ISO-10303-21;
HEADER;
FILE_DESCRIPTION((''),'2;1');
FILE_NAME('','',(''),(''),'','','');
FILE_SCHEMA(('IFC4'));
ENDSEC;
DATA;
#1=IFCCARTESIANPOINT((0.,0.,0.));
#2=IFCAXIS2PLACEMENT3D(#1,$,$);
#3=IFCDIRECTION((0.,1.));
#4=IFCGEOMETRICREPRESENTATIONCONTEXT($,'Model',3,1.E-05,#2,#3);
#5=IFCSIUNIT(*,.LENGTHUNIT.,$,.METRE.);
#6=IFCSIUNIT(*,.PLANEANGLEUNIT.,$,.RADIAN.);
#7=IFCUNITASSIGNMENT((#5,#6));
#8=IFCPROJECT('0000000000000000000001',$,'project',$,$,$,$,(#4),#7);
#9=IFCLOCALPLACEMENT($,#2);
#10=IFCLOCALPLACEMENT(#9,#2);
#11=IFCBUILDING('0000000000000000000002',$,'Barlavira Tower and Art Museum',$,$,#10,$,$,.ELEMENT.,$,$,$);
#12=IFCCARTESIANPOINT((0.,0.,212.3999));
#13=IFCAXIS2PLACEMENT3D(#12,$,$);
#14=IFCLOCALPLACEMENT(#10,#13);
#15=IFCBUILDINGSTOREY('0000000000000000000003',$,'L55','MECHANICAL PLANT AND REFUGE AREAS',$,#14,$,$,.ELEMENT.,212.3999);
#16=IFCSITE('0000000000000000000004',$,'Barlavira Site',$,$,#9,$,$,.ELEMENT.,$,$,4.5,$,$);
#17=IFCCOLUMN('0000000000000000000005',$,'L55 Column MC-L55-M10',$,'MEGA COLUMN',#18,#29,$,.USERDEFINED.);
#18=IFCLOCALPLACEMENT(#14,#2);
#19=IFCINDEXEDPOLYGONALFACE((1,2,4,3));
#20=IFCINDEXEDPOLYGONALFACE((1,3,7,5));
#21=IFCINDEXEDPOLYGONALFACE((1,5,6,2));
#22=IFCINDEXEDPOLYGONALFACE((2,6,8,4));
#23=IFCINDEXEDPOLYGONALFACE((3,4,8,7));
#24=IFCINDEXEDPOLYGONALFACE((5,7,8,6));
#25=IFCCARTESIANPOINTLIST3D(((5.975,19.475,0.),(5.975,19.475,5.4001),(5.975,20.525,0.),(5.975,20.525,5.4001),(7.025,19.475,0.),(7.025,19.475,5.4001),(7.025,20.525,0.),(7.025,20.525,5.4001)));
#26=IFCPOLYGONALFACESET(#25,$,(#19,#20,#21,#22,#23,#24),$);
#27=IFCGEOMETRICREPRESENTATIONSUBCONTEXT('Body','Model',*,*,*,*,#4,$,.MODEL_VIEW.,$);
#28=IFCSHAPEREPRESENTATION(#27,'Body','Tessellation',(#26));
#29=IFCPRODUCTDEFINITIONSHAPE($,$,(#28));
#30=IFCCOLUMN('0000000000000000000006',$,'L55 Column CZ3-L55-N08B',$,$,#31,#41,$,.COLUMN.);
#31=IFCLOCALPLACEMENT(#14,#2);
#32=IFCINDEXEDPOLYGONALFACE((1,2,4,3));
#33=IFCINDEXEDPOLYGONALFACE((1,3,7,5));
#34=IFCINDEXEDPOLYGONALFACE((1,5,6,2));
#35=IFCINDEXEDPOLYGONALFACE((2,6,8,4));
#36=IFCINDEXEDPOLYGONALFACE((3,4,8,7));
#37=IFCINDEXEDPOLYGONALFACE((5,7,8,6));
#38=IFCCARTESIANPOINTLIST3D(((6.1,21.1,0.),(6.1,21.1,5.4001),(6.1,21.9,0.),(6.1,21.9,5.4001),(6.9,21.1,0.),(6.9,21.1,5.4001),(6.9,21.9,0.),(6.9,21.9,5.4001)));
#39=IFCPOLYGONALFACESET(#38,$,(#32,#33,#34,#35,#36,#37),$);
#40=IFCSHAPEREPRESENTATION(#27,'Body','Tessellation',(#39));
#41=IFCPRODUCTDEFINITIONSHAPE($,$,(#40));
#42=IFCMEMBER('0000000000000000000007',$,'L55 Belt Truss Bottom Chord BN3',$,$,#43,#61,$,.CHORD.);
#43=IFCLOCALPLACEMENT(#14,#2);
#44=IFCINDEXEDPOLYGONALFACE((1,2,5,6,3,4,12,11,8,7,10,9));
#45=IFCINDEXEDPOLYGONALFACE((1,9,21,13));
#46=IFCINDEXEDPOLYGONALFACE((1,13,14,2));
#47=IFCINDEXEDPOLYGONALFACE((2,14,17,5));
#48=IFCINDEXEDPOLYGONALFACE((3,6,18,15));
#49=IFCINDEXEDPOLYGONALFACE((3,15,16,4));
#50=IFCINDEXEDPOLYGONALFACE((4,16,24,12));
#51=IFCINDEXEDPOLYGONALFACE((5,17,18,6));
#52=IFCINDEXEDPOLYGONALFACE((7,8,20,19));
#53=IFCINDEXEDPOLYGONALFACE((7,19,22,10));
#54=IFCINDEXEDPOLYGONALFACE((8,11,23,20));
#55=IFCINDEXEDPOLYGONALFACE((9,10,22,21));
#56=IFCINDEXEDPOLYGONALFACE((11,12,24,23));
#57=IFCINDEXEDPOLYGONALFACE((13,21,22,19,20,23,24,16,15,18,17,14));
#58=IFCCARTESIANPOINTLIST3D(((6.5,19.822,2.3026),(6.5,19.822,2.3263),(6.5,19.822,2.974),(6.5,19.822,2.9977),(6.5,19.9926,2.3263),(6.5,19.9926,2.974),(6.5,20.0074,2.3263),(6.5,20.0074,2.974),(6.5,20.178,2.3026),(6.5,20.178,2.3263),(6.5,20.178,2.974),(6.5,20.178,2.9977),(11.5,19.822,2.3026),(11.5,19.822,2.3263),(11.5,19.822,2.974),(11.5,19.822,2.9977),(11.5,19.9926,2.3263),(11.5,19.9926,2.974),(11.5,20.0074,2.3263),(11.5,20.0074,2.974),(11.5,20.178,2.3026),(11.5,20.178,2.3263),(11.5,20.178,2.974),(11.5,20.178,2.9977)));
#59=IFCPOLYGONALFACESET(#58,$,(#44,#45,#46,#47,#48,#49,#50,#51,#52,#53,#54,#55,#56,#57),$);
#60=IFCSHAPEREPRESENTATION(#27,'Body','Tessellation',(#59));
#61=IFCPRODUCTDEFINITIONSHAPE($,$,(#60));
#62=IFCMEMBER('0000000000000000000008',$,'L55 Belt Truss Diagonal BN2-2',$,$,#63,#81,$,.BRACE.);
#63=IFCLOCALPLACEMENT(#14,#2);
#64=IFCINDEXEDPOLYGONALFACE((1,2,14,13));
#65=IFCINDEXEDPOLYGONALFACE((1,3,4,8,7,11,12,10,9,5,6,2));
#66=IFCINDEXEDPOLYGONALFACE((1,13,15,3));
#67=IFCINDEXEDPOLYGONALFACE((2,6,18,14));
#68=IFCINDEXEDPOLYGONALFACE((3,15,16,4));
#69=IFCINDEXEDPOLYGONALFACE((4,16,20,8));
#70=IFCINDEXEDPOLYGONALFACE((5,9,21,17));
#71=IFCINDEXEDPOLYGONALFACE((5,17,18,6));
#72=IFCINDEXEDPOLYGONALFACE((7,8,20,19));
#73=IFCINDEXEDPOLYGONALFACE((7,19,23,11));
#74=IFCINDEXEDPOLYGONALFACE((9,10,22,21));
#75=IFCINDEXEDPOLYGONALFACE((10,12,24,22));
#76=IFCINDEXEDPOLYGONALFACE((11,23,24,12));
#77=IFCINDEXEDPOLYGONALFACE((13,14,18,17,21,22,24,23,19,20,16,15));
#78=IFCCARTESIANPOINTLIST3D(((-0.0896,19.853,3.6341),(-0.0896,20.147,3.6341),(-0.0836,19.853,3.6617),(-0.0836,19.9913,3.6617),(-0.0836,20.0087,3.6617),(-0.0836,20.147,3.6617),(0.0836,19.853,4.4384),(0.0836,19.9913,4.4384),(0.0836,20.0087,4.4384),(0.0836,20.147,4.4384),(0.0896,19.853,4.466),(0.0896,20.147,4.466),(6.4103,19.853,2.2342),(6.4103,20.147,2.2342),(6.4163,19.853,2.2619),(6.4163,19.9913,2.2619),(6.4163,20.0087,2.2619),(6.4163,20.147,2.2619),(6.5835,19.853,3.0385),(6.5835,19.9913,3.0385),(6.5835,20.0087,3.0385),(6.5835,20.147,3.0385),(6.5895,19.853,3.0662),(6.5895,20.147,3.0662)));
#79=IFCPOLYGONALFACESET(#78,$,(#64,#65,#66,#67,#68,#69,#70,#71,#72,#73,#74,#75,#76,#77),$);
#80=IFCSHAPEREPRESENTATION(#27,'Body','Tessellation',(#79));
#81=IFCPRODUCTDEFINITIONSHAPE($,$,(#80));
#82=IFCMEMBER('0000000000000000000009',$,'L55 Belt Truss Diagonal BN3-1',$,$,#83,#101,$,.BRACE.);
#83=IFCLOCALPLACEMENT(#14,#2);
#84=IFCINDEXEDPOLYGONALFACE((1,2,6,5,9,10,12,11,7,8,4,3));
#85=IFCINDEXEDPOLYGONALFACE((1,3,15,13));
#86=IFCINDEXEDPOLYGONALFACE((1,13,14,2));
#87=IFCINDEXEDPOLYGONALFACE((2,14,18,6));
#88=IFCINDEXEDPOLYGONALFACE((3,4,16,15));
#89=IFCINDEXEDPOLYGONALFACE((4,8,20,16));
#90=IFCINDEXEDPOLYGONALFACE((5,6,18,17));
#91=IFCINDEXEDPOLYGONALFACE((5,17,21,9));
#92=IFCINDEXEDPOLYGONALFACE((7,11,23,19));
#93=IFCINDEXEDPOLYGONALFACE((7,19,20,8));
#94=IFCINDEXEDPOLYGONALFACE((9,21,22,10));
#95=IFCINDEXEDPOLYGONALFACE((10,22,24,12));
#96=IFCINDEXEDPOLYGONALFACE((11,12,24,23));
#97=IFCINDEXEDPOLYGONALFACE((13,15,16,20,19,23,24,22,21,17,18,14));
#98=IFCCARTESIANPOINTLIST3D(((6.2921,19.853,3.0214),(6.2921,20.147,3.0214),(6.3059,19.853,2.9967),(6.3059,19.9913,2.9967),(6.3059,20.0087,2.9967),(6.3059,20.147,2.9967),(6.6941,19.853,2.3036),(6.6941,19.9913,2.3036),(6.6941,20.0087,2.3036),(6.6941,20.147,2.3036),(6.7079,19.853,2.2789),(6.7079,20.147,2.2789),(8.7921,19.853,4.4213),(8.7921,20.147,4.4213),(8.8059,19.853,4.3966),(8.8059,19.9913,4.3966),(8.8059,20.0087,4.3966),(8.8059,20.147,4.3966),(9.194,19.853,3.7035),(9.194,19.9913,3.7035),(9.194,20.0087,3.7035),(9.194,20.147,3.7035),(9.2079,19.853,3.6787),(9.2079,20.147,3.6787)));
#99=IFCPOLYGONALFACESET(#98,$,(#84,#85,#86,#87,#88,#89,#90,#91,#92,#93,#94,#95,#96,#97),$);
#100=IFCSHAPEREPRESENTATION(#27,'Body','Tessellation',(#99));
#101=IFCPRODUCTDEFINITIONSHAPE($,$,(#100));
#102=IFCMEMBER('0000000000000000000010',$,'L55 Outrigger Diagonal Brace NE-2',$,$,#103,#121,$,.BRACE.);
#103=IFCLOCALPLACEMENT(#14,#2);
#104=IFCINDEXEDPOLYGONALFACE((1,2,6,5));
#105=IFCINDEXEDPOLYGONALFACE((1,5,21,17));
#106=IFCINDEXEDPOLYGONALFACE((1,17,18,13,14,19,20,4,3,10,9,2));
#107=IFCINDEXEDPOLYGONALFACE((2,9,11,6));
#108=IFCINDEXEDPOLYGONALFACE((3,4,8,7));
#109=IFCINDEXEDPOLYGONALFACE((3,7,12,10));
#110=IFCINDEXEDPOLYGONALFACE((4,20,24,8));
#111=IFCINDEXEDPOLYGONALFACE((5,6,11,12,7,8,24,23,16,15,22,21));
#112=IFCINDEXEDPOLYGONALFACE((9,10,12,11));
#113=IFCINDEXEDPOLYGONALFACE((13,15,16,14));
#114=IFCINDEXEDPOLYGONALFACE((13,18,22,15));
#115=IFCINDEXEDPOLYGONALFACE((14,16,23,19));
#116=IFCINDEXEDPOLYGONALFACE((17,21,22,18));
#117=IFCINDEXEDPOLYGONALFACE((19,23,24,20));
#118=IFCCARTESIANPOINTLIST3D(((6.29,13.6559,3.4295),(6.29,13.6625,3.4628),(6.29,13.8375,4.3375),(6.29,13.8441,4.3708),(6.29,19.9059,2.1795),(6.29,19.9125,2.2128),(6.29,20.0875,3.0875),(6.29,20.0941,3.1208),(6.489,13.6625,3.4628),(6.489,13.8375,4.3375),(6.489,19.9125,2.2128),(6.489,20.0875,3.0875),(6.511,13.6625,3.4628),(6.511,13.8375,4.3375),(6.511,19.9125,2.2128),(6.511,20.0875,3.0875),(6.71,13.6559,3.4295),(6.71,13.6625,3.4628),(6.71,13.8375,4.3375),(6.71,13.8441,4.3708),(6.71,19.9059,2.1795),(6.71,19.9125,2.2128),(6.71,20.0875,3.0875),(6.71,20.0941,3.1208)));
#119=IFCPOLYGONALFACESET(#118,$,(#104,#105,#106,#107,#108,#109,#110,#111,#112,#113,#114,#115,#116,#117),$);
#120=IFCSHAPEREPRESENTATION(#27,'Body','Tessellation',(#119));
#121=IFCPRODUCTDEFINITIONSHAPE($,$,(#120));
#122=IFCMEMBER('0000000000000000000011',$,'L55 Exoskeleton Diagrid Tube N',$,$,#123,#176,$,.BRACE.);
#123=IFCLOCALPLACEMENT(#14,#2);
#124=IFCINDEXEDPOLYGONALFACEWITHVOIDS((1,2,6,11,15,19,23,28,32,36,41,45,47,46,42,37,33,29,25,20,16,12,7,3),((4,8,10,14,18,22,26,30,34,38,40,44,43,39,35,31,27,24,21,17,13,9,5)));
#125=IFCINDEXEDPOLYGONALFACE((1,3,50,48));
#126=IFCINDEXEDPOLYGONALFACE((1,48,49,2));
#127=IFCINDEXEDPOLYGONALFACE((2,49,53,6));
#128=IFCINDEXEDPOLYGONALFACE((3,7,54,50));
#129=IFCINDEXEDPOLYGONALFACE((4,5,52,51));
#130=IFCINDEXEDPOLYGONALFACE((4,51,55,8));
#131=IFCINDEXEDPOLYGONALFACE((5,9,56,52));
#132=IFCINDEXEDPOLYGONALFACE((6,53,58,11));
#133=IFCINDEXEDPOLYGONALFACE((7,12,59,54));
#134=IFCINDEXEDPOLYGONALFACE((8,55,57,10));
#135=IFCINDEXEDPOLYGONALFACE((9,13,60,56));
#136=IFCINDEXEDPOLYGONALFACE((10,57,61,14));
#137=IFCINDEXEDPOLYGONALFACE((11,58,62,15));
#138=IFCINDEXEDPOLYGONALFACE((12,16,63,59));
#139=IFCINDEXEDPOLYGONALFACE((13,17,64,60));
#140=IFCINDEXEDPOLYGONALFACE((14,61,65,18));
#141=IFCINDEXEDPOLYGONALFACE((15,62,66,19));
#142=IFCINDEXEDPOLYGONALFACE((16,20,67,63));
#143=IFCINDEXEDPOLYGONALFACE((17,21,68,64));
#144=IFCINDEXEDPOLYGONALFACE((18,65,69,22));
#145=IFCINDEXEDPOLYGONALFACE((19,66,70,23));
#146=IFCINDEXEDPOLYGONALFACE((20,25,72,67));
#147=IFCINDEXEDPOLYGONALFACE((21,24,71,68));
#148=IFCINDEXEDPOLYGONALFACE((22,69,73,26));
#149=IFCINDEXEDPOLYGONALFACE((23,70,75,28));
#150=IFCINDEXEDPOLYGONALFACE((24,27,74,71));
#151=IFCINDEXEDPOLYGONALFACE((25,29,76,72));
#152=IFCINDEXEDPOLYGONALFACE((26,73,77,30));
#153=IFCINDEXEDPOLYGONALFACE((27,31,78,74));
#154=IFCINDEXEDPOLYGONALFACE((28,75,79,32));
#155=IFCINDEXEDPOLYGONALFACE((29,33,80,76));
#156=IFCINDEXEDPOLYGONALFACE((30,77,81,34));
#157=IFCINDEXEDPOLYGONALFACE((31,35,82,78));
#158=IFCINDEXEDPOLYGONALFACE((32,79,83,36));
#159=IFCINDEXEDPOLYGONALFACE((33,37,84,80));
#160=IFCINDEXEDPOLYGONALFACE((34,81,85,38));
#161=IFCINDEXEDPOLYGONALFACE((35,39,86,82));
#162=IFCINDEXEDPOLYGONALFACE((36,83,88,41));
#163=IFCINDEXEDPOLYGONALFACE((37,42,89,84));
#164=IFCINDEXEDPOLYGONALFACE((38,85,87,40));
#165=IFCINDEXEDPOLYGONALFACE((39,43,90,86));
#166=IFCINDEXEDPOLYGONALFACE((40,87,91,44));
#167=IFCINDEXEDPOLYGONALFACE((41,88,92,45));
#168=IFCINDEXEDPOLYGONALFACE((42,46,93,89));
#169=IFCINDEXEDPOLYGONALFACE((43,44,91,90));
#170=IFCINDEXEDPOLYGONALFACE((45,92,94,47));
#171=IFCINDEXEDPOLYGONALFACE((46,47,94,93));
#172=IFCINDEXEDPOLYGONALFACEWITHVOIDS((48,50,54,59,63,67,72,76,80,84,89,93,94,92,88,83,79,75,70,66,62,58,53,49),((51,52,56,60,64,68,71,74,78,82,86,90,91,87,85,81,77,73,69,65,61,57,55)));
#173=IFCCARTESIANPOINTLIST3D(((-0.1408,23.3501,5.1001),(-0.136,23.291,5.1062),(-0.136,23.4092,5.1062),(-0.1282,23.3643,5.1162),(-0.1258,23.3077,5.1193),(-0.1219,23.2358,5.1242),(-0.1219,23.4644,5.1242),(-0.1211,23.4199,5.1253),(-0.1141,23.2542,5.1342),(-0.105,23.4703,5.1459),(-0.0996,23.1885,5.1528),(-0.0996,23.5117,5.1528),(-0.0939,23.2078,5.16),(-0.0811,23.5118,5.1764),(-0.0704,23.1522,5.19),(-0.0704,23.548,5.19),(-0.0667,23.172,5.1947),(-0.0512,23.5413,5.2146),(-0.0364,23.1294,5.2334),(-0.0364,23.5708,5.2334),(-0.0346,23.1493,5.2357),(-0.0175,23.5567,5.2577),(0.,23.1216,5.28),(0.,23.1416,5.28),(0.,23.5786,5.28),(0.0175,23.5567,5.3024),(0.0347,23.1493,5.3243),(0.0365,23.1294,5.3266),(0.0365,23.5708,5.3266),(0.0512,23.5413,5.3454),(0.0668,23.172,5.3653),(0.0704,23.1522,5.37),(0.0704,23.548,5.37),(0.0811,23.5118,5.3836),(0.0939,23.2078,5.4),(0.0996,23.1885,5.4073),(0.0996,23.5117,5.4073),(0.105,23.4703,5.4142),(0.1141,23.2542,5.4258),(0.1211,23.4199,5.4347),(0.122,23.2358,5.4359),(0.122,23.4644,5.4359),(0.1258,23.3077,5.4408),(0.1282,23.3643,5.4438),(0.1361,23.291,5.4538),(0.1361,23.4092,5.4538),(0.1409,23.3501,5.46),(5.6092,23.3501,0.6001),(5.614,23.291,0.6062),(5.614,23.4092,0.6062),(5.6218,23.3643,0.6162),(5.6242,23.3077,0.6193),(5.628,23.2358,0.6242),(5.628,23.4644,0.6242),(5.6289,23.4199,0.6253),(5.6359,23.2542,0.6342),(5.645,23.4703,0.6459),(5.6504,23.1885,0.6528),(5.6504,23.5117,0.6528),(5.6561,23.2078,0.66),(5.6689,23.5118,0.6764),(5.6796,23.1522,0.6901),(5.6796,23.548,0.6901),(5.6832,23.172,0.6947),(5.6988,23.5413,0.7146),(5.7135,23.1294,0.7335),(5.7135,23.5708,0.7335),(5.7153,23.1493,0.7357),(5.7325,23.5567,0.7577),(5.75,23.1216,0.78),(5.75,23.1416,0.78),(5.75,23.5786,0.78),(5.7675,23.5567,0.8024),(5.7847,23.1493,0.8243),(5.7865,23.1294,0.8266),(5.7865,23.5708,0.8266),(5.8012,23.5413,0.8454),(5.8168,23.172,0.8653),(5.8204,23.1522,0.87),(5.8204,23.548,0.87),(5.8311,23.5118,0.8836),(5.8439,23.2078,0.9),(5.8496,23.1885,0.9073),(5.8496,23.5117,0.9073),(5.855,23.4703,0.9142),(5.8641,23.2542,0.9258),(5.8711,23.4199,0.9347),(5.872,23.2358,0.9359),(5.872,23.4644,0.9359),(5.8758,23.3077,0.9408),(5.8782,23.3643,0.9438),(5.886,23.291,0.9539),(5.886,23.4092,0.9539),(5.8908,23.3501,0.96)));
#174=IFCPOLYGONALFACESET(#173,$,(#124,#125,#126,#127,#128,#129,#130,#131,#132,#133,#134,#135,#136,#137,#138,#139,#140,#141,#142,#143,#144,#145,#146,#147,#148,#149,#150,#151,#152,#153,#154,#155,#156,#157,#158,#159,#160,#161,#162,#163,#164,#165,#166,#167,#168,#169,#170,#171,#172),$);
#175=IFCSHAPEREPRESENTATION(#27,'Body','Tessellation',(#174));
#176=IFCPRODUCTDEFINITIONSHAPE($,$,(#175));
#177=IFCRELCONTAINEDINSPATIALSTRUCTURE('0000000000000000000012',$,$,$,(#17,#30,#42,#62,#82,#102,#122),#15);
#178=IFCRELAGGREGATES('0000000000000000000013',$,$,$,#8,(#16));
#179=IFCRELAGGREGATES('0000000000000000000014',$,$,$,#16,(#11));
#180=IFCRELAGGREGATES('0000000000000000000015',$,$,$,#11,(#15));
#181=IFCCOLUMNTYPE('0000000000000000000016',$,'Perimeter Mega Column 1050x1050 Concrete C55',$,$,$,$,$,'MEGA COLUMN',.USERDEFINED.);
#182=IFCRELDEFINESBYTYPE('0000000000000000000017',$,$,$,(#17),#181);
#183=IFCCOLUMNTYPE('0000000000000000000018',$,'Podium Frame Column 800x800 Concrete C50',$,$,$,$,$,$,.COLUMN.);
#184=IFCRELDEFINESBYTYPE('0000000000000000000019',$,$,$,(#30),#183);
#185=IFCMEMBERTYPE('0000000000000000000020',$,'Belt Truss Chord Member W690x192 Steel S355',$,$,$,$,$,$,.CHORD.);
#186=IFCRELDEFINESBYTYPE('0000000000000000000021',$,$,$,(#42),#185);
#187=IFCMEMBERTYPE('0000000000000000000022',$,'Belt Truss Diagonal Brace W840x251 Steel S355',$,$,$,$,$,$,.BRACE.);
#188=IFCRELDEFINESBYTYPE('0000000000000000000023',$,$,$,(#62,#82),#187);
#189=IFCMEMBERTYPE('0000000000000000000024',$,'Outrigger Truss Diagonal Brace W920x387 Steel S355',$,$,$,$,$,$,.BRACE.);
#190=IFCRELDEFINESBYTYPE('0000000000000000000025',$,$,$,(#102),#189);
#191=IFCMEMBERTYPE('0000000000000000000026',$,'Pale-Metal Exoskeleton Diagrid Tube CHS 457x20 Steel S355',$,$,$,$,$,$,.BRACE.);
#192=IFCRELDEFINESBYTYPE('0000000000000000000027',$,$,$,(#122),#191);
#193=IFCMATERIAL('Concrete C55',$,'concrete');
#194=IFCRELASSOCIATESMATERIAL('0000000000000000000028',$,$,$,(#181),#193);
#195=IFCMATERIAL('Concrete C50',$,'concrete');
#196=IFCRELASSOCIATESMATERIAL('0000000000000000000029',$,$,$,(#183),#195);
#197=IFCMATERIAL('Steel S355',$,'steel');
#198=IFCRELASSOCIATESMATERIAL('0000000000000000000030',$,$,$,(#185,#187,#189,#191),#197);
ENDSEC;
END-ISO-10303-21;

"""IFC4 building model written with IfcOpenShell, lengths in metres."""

from ifc_helpers import new_model, si_unit, direction, frame, origin, origin_2d, place, context, subcontext, project, spatial, rectangle, hollow_circle, i_section, extrude, material, material_profile, profile_set, type_object, element, save


model = new_model("IFC4")

# Units and contexts
model_context = context("Model", 3, precision=1e-05, world=origin(), true_north=direction((0.0, 1.0)))
body_context = subcontext(model_context, "Body", "Model", "MODEL_VIEW")
ifc_project = project(units=[si_unit("LENGTHUNIT", "METRE"), si_unit("PLANEANGLEUNIT", "RADIAN")], contexts=[model_context])

# Site, building, storey
site_placement = place(None, origin())
site = spatial("IfcSite", under=ifc_project, at=site_placement, Name="Barlavira Site", CompositionType="ELEMENT", RefElevation=4.5)
building_placement = place(site_placement, origin())
building = spatial("IfcBuilding", under=site, at=building_placement, Name="Barlavira Tower and Art Museum", CompositionType="ELEMENT")
storey_placement = place(building_placement, frame((0.0, 0.0, 212.3999)))
storey = spatial("IfcBuildingStorey", under=building, at=storey_placement, Name="L55", Description="MECHANICAL PLANT AND REFUGE AREAS", CompositionType="ELEMENT", Elevation=212.3999)

# Columns
ifc_material_1 = material(Name="Concrete C55", Category="concrete")
ifc_material_profile_1 = material_profile(ifc_material_1, rectangle(XDim=1.05, YDim=1.05, at=origin_2d()), Name="RC-COL 1050x1050")
ifc_profile_set_1 = profile_set([ifc_material_profile_1], Name="Concrete C55")
column_type_1 = type_object("IfcColumnType", Name="Perimeter Mega Column 1050x1050 Concrete C55", ElementType="MEGA COLUMN", PredefinedType="USERDEFINED", material=ifc_profile_set_1)
column_1_placement = place(storey_placement, frame((6.5, 20.0, 0.0), z_axis=(0.0, 0.0, 1.0), x_axis=(1.0, 0.0, 0.0)))
element("IfcColumn", 1, at=column_1_placement, inside=storey, type_object=column_type_1, Name="L55 Column MC-L55-M10", ObjectType="MEGA COLUMN", PredefinedType="USERDEFINED", context=body_context, shape_type="SweptSolid", body=[
    extrude(rectangle(XDim=1.05, YDim=1.05, at=origin_2d()), origin(), (0.0, 0.0, 1.0), 5.4001),
])
ifc_material_2 = material(Name="Concrete C50", Category="concrete")
ifc_material_profile_2 = material_profile(ifc_material_2, rectangle(XDim=0.8, YDim=0.8, at=origin_2d()), Name="RC-COL 800x800")
ifc_profile_set_2 = profile_set([ifc_material_profile_2], Name="Concrete C50")
column_type_2 = type_object("IfcColumnType", Name="Podium Frame Column 800x800 Concrete C50", PredefinedType="COLUMN", material=ifc_profile_set_2)
column_2_placement = place(storey_placement, frame((6.5, 21.5, 0.0), z_axis=(0.0, 0.0, 1.0), x_axis=(1.0, 0.0, 0.0)))
element("IfcColumn", 2, at=column_2_placement, inside=storey, type_object=column_type_2, Name="L55 Column CZ3-L55-N08B", PredefinedType="COLUMN", context=body_context, shape_type="SweptSolid", body=[
    extrude(rectangle(XDim=0.8, YDim=0.8, at=origin_2d()), origin(), (0.0, 0.0, 1.0), 5.4001),
])

# Members
ifc_material_3 = material(Name="Steel S355", Category="steel")
ifc_material_profile_3 = material_profile(ifc_material_3, i_section(OverallWidth=0.356, OverallDepth=0.6951, WebThickness=0.0149, FlangeThickness=0.0237, at=origin_2d()), Name="W690x192.0")
ifc_profile_set_3 = profile_set([ifc_material_profile_3], Name="Steel S355")
member_type_1 = type_object("IfcMemberType", Name="Belt Truss Chord Member W690x192 Steel S355", PredefinedType="CHORD", material=ifc_profile_set_3)
member_1_placement = place(storey_placement, frame((6.5, 20.0, 2.6501), z_axis=(1.0, 0.0, 0.0), x_axis=(0.0, 1.0, 0.0)))
element("IfcMember", 3, at=member_1_placement, inside=storey, type_object=member_type_1, Name="L55 Belt Truss Bottom Chord BN3", PredefinedType="CHORD", context=body_context, shape_type="SweptSolid", body=[
    extrude(i_section(OverallWidth=0.356, OverallDepth=0.6951, WebThickness=0.0149, FlangeThickness=0.0237, at=origin_2d()), origin(), (0.0, 0.0, 1.0), 5.0),
])
ifc_material_profile_4 = material_profile(ifc_material_3, i_section(OverallWidth=0.2939, OverallDepth=0.8511, WebThickness=0.0173, FlangeThickness=0.0283, at=origin_2d()), Name="W840x251.0")
ifc_profile_set_4 = profile_set([ifc_material_profile_4], Name="Steel S355")
member_type_2 = type_object("IfcMemberType", Name="Belt Truss Diagonal Brace W840x251 Steel S355", PredefinedType="BRACE", material=ifc_profile_set_4)
member_2_placement = place(storey_placement, frame((0.0, 20.0, 4.05), z_axis=(0.977585, 0.0, -0.210542), x_axis=(0.0, 1.0, 0.0)))
element("IfcMember", 4, at=member_2_placement, inside=storey, type_object=member_type_2, Name="L55 Belt Truss Diagonal BN2-2", PredefinedType="BRACE", context=body_context, shape_type="SweptSolid", body=[
    extrude(i_section(OverallWidth=0.2939, OverallDepth=0.8511, WebThickness=0.0173, FlangeThickness=0.0283, at=origin_2d()), origin(), (0.0, 0.0, 1.0), 6.6489),
])
member_3_placement = place(storey_placement, frame((6.5, 20.0, 2.6501), z_axis=(0.872521, 0.0, 0.488577), x_axis=(0.0, 1.0, 0.0)))
element("IfcMember", 5, at=member_3_placement, inside=storey, type_object=member_type_2, Name="L55 Belt Truss Diagonal BN3-1", PredefinedType="BRACE", context=body_context, shape_type="SweptSolid", body=[
    extrude(i_section(OverallWidth=0.2939, OverallDepth=0.8511, WebThickness=0.0173, FlangeThickness=0.0283, at=origin_2d()), origin(), (0.0, 0.0, 1.0), 2.8652),
])
ifc_material_profile_5 = material_profile(ifc_material_3, i_section(OverallWidth=0.4199, OverallDepth=0.96, WebThickness=0.022, FlangeThickness=0.0339, at=origin_2d()), Name="W920x387.0")
ifc_profile_set_5 = profile_set([ifc_material_profile_5], Name="Steel S355")
member_type_3 = type_object("IfcMemberType", Name="Outrigger Truss Diagonal Brace W920x387 Steel S355", PredefinedType="BRACE", material=ifc_profile_set_5)
member_4_placement = place(storey_placement, frame((6.5, 13.75, 3.9001), z_axis=(0.0, 0.980581, -0.196116), x_axis=(-1.0, 0.0, 0.0)))
element("IfcMember", 6, at=member_4_placement, inside=storey, type_object=member_type_3, Name="L55 Outrigger Diagonal Brace NE-2", PredefinedType="BRACE", context=body_context, shape_type="SweptSolid", body=[
    extrude(i_section(OverallWidth=0.4199, OverallDepth=0.96, WebThickness=0.022, FlangeThickness=0.0339, at=origin_2d()), origin(), (0.0, 0.0, 1.0), 6.3738),
])
ifc_material_profile_6 = material_profile(ifc_material_3, hollow_circle(Radius=0.2285, WallThickness=0.02, at=origin_2d()), Name="CHS 457.0x20.0")
ifc_profile_set_6 = profile_set([ifc_material_profile_6], Name="Steel S355")
member_type_4 = type_object("IfcMemberType", Name="Pale-Metal Exoskeleton Diagrid Tube CHS 457x20 Steel S355", PredefinedType="BRACE", material=ifc_profile_set_6)
for number, where, z_axis, x_axis, name in (
    (7, (5.75, 23.3501, 0.78), (-0.787505, 0.0, 0.616308), (0.0, -1.0, 0.0), "L55 Exoskeleton Diagrid Tube N"),
):
    element("IfcMember", number, at=place(storey_placement, frame(where, z_axis=z_axis, x_axis=x_axis)), inside=storey, type_object=member_type_4, Name=name, PredefinedType="BRACE", context=body_context, shape_type="SweptSolid", body=[
        extrude(hollow_circle(Radius=0.2285, WallThickness=0.02, at=origin_2d()), origin(), (0.0, 0.0, 1.0), 7.3015),
    ])

save(model, "model.ifc")
